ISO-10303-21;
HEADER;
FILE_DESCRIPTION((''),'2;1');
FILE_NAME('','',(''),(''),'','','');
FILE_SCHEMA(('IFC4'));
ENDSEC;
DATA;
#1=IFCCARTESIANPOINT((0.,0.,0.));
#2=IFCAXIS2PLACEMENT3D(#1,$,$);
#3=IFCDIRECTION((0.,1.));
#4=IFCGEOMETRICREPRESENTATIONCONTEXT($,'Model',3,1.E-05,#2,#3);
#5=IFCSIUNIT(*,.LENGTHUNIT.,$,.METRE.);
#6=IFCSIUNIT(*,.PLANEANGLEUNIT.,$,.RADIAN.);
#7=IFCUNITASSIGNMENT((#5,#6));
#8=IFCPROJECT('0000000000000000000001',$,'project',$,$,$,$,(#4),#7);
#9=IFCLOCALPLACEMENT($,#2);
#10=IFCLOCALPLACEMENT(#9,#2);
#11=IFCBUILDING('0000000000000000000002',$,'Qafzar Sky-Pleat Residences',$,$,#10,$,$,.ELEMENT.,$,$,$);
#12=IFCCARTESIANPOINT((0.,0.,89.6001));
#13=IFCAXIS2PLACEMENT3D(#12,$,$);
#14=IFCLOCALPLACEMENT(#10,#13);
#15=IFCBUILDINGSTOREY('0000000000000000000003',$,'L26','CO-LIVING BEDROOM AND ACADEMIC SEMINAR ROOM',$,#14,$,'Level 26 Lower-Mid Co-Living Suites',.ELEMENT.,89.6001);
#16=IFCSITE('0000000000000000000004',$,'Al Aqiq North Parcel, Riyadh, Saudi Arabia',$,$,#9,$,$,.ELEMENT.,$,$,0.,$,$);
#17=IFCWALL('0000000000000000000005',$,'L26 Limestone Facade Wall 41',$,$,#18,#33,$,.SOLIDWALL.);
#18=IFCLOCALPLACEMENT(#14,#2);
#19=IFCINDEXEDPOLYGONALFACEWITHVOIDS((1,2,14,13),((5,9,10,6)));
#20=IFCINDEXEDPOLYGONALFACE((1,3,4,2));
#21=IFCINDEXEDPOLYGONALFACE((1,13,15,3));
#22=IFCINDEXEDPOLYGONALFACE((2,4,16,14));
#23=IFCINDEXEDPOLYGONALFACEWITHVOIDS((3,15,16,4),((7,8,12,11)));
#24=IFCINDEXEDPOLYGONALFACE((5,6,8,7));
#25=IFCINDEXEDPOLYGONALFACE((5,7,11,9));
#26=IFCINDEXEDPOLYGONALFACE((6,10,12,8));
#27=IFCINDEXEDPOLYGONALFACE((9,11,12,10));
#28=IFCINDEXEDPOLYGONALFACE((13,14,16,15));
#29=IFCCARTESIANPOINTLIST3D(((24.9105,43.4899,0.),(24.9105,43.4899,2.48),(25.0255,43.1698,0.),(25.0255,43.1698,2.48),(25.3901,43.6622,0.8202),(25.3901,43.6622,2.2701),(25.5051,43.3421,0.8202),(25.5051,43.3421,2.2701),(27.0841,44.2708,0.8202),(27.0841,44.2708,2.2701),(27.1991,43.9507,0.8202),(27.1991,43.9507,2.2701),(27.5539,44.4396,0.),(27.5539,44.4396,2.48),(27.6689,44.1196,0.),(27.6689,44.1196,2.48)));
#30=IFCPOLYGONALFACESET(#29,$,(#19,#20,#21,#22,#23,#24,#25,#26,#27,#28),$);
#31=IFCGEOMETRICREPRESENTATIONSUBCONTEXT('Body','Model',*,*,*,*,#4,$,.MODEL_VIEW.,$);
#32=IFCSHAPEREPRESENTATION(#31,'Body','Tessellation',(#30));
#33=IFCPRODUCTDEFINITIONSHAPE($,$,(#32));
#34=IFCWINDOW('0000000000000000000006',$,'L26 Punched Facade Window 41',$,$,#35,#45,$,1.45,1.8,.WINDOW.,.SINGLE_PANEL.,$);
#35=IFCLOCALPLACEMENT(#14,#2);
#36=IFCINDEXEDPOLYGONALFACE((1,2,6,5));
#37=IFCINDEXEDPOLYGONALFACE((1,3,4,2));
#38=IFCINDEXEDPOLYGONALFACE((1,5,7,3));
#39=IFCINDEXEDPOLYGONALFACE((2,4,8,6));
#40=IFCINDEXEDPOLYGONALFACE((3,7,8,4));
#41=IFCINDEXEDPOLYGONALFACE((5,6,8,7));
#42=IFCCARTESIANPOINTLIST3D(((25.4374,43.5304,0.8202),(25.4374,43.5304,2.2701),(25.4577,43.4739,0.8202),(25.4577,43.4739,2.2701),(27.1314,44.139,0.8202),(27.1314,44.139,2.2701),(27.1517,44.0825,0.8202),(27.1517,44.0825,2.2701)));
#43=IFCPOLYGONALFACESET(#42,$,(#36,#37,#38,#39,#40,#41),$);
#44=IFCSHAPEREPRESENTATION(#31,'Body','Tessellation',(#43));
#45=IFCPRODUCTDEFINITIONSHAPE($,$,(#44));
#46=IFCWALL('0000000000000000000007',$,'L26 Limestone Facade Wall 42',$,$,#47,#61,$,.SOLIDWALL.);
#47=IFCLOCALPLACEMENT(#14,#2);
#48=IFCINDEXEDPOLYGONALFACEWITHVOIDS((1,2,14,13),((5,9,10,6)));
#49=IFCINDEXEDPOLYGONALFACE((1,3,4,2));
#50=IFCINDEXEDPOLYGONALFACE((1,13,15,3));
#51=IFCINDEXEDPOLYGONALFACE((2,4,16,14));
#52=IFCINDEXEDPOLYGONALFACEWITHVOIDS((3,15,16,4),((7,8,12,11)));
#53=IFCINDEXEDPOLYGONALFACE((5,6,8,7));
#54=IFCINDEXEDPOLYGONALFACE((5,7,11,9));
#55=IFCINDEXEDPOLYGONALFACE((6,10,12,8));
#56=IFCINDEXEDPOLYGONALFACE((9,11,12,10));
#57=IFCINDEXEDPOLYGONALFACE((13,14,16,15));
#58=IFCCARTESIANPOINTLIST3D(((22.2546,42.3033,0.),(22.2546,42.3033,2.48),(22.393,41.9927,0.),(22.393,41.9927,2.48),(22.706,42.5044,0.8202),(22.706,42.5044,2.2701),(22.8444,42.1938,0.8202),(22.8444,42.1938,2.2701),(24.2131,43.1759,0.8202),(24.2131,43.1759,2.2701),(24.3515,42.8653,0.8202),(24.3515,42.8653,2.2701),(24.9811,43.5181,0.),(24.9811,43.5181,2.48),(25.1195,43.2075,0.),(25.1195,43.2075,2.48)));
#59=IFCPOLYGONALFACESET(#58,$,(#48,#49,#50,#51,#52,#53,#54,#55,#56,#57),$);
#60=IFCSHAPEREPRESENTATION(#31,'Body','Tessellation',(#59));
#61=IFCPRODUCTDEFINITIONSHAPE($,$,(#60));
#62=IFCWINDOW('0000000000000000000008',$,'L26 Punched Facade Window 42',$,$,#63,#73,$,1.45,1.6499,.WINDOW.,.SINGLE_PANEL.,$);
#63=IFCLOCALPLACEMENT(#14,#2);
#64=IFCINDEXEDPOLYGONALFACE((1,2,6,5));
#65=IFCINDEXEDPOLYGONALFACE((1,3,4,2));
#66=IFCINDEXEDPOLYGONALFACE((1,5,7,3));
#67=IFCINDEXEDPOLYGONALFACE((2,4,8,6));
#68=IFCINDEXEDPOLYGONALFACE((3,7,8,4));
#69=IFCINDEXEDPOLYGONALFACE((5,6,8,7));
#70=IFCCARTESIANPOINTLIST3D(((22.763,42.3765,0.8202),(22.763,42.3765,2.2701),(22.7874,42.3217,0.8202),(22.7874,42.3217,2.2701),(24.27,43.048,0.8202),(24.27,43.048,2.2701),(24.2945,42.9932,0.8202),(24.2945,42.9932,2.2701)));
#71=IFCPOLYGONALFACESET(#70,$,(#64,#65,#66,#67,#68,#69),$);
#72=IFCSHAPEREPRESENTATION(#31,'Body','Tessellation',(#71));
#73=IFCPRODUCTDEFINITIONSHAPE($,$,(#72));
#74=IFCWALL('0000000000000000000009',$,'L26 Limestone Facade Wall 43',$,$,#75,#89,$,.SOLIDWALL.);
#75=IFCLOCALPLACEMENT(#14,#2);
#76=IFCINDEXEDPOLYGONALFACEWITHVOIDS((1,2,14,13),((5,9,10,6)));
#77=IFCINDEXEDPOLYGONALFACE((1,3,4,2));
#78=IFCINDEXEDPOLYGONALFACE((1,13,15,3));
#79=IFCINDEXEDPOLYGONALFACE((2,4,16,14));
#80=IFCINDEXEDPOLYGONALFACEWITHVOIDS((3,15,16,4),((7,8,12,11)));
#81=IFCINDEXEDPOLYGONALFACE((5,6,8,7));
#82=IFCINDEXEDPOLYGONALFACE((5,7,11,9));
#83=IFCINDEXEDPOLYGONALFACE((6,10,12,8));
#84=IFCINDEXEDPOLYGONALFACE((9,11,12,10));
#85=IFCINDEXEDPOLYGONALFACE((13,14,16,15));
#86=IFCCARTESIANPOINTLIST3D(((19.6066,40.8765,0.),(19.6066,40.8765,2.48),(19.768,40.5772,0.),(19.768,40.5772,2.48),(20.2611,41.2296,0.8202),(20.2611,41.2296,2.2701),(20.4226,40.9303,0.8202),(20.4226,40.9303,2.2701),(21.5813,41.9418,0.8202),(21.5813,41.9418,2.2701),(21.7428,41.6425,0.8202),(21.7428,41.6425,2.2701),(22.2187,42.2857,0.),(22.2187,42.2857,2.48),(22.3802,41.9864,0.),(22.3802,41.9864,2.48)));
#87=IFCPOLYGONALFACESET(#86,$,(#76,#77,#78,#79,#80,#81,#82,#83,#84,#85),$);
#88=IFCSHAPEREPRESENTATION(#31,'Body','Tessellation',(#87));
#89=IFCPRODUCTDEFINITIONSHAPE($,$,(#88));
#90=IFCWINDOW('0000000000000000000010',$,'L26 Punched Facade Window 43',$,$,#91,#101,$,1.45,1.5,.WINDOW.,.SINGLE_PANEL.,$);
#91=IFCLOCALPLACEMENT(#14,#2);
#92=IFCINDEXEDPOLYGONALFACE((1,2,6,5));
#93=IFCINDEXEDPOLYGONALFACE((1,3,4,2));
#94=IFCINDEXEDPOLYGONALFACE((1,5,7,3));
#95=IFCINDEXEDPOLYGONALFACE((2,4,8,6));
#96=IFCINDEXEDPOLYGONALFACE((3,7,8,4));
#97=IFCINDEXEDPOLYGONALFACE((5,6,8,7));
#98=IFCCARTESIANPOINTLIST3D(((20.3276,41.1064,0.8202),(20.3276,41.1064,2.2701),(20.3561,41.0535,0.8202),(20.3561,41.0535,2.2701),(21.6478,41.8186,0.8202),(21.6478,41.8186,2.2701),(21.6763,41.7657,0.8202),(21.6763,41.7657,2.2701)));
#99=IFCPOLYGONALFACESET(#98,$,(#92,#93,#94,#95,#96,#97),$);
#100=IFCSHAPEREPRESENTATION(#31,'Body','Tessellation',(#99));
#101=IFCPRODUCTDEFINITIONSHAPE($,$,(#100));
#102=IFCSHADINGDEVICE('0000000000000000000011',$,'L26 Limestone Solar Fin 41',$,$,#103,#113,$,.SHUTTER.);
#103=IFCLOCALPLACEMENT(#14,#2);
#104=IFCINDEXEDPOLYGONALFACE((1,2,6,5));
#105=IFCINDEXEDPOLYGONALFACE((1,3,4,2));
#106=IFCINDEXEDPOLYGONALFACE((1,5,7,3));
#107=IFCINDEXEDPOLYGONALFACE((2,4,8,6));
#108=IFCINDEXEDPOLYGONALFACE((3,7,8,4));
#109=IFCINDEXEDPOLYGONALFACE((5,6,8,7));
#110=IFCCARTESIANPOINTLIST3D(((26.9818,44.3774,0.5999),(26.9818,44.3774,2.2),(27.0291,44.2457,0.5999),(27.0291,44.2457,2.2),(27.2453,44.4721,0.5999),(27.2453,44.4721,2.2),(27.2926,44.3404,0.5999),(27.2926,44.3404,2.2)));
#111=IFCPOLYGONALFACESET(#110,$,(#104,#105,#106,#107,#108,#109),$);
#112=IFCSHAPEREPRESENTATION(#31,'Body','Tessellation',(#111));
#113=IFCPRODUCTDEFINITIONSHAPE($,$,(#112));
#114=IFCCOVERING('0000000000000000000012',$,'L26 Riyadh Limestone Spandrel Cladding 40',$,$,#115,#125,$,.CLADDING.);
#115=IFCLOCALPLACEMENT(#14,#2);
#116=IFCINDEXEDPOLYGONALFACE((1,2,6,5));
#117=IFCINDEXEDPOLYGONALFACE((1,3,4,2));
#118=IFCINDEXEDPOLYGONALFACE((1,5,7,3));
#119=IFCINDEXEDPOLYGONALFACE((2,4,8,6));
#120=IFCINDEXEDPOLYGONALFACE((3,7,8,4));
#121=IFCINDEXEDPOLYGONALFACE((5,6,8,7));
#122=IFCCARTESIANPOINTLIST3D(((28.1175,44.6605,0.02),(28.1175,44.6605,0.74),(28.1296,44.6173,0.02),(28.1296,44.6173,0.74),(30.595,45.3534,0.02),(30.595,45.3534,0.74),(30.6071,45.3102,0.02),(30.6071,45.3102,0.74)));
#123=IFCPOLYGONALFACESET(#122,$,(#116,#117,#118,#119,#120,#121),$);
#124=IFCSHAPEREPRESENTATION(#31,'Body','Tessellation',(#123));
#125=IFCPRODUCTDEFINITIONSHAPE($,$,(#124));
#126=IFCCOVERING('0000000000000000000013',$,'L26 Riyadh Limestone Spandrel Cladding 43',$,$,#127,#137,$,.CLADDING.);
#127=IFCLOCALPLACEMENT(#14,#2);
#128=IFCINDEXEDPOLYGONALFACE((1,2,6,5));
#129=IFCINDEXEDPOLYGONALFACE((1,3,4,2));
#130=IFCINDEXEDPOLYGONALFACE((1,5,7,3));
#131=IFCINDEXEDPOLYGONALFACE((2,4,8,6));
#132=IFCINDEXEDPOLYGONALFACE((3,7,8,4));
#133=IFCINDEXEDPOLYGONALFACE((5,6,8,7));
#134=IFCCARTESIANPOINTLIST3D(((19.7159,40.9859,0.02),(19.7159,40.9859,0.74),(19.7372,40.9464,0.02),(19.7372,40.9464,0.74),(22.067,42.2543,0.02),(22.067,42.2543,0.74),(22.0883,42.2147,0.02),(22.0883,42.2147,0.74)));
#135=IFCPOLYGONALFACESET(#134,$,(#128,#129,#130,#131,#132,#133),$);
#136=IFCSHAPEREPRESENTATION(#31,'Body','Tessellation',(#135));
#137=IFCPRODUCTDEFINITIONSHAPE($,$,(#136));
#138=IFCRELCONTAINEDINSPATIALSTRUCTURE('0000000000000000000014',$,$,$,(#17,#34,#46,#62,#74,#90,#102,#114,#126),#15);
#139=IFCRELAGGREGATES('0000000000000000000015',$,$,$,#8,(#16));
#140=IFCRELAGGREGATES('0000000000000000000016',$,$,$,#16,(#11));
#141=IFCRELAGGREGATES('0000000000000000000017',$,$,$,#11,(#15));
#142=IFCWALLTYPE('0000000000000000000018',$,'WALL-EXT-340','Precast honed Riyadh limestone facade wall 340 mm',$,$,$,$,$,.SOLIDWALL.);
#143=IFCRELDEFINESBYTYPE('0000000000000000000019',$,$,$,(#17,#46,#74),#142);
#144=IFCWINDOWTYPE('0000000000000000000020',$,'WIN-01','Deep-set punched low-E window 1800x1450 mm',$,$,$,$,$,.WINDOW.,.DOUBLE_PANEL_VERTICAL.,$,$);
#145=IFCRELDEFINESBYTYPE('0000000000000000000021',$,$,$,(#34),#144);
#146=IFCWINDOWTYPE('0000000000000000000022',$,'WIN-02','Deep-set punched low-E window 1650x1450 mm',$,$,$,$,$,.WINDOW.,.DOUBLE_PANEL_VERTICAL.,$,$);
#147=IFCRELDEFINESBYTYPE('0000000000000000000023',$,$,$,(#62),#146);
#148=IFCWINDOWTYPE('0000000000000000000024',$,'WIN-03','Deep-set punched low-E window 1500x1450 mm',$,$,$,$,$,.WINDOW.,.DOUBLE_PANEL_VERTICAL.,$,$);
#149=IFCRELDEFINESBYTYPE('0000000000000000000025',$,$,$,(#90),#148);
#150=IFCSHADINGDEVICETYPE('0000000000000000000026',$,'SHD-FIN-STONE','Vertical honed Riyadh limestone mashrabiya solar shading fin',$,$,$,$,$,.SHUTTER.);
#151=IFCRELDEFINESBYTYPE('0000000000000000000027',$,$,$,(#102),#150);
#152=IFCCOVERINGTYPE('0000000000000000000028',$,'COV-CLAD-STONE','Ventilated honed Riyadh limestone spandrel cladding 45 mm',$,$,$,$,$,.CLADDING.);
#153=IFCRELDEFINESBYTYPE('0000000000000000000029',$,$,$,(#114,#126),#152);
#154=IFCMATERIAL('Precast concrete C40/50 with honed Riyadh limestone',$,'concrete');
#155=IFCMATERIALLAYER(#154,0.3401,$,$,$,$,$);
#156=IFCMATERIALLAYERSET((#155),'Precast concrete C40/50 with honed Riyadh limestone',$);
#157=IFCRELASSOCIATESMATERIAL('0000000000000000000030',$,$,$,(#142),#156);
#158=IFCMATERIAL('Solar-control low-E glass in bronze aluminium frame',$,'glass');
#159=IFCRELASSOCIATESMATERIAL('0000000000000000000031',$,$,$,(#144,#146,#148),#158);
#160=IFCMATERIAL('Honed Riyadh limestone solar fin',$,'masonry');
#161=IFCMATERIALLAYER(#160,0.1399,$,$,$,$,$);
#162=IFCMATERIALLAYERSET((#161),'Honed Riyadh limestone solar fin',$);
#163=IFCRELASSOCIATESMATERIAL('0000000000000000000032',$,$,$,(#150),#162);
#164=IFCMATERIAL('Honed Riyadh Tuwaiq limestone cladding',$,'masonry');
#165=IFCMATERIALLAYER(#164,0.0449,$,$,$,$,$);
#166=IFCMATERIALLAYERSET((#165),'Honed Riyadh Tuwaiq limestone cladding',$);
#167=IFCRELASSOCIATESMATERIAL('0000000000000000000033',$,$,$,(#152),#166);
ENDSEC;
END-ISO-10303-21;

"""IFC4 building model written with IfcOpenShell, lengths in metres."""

from ifc_helpers import new_model, si_unit, direction, frame, frame_2d, origin, origin_2d, place, context, subcontext, project, spatial, rectangle, extrude, source, transform, mapped, material, layer, layer_set, type_object, element, fill, save


model = new_model("IFC4")

# Units and contexts
model_context = context("Model", 3, precision=1e-05, world=origin(), true_north=direction((0.0, 1.0)))
body_context = subcontext(model_context, "Body", "Model", "MODEL_VIEW")
ifc_project = project(units=[si_unit("LENGTHUNIT", "METRE"), si_unit("PLANEANGLEUNIT", "RADIAN")], contexts=[model_context])

# Site, building, storey
site_placement = place(None, origin())
site = spatial("IfcSite", under=ifc_project, at=site_placement, Name="Al Aqiq North Parcel, Riyadh, Saudi Arabia", CompositionType="ELEMENT", RefElevation=0.0)
building_placement = place(site_placement, origin())
building = spatial("IfcBuilding", under=site, at=building_placement, Name="Qafzar Sky-Pleat Residences", CompositionType="ELEMENT")
storey_placement = place(building_placement, frame((0.0, 0.0, 89.6001)))
storey = spatial("IfcBuildingStorey", under=building, at=storey_placement, Name="L26", Description="CO-LIVING BEDROOM AND ACADEMIC SEMINAR ROOM", LongName="Level 26 Lower-Mid Co-Living Suites", CompositionType="ELEMENT", Elevation=89.6001)

# Shared definitions
ifc_material_1 = material(Name="Precast concrete C40/50 with honed Riyadh limestone", Category="concrete")

# Walls, openings, windows
ifc_layer_1 = layer(ifc_material_1, 0.3401)
ifc_layer_set_1 = layer_set([ifc_layer_1], Name="Precast concrete C40/50 with honed Riyadh limestone")
wall_type_1 = type_object("IfcWallType", Name="WALL-EXT-340", Description="Precast honed Riyadh limestone facade wall 340 mm", PredefinedType="SOLIDWALL", material=ifc_layer_set_1)
wall_1_placement = place(storey_placement, frame((27.6113, 44.2795, 0.0), z_axis=(0.0, 0.0, 1.0), x_axis=(-0.941101, -0.338125, 0.0)))
wall_1 = element("IfcWall", 1, at=wall_1_placement, inside=storey, type_object=wall_type_1, Name="L26 Limestone Facade Wall 41", PredefinedType="SOLIDWALL", context=body_context, shape_type="SweptSolid", body=[
    extrude(rectangle(XDim=2.8088, YDim=0.3401, at=frame_2d((1.4043, 0.0))), origin(), (0.0, 0.0, 1.0), 2.48),
])
opening_1_placement = place(wall_1_placement, frame((0.4993, 0.0, 0.8201)))
opening_1 = element("IfcOpeningElement", 2, at=opening_1_placement, cuts=wall_1, PredefinedType="OPENING", context=body_context, shape_type="SweptSolid", body=[
    extrude(rectangle(XDim=1.8, YDim=1.45, at=frame_2d((0.8999, 0.7251))), frame((0.0, 0.1802, 0.0), z_axis=(0.0, -1.0, 0.0), x_axis=(1.0, 0.0, 0.0)), (0.0, 0.0, 1.0), 0.3601),
])
ifc_material_2 = material(Name="Solar-control low-E glass in bronze aluminium frame", Category="glass")
window_type_1 = type_object("IfcWindowType", Name="WIN-01", Description="Deep-set punched low-E window 1800x1450 mm", PartitioningType="DOUBLE_PANEL_VERTICAL", PredefinedType="WINDOW", material=ifc_material_2)
shared_shape_1 = source(origin(), body_context, "Body", "SweptSolid", [
    extrude(rectangle(XDim=1.8, YDim=1.45, at=frame_2d((0.8999, 0.7251))), frame((0.0, 0.03, 0.0), z_axis=(0.0, -1.0, 0.0), x_axis=(1.0, 0.0, 0.0)), (0.0, 0.0, 1.0), 0.0601),
])
window_1_placement = place(opening_1_placement, origin())
window_1 = element("IfcWindow", 3, at=window_1_placement, inside=storey, type_object=window_type_1, Name="L26 Punched Facade Window 41", OverallHeight=1.45, OverallWidth=1.8, PartitioningType="SINGLE_PANEL", PredefinedType="WINDOW", context=body_context, shape_type="MappedRepresentation", body=[
    mapped(shared_shape_1, transform((0.0, 0.0, 0.0), x_axis=(1.0, 0.0, 0.0), y_axis=(0.0, 1.0, 0.0), z_axis=(0.0, 0.0, 1.0), scale=1.0)),
])
fill(opening_1, window_1)
wall_2_placement = place(storey_placement, frame((25.0503, 43.3628, 0.0), z_axis=(0.0, 0.0, 1.0), x_axis=(-0.913433, -0.406988, 0.0)))
wall_2 = element("IfcWall", 4, at=wall_2_placement, inside=storey, type_object=wall_type_1, Name="L26 Limestone Facade Wall 42", PredefinedType="SOLIDWALL", context=body_context, shape_type="SweptSolid", body=[
    extrude(rectangle(XDim=2.9849, YDim=0.3401, at=frame_2d((1.4924, 0.0))), origin(), (0.0, 0.0, 1.0), 2.48),
])
opening_2_placement = place(wall_2_placement, frame((0.8408, 0.0, 0.8201)))
opening_2 = element("IfcOpeningElement", 5, at=opening_2_placement, cuts=wall_2, PredefinedType="OPENING", context=body_context, shape_type="SweptSolid", body=[
    extrude(rectangle(XDim=1.6499, YDim=1.45, at=frame_2d((0.825, 0.7251))), frame((0.0, 0.1802, 0.0), z_axis=(0.0, -1.0, 0.0), x_axis=(1.0, 0.0, 0.0)), (0.0, 0.0, 1.0), 0.3601),
])
window_type_2 = type_object("IfcWindowType", Name="WIN-02", Description="Deep-set punched low-E window 1650x1450 mm", PartitioningType="DOUBLE_PANEL_VERTICAL", PredefinedType="WINDOW", material=ifc_material_2)
shared_shape_2 = source(origin(), body_context, "Body", "SweptSolid", [
    extrude(rectangle(XDim=1.6499, YDim=1.45, at=frame_2d((0.825, 0.7251))), frame((0.0, 0.03, 0.0), z_axis=(0.0, -1.0, 0.0), x_axis=(1.0, 0.0, 0.0)), (0.0, 0.0, 1.0), 0.0601),
])
window_2_placement = place(opening_2_placement, origin())
window_2 = element("IfcWindow", 6, at=window_2_placement, inside=storey, type_object=window_type_2, Name="L26 Punched Facade Window 42", OverallHeight=1.45, OverallWidth=1.6499, PartitioningType="SINGLE_PANEL", PredefinedType="WINDOW", context=body_context, shape_type="MappedRepresentation", body=[
    mapped(shared_shape_2, transform((0.0, 0.0, 0.0), x_axis=(1.0, 0.0, 0.0), y_axis=(0.0, 1.0, 0.0), z_axis=(0.0, 0.0, 1.0), scale=1.0)),
])
fill(opening_2, window_2)
wall_3_placement = place(storey_placement, frame((22.2993, 42.136, 0.0), z_axis=(0.0, 0.0, 1.0), x_axis=(-0.880093, -0.474801, 0.0)))
wall_3 = element("IfcWall", 7, at=wall_3_placement, inside=storey, type_object=wall_type_1, Name="L26 Limestone Facade Wall 43", PredefinedType="SOLIDWALL", context=body_context, shape_type="SweptSolid", body=[
    extrude(rectangle(XDim=2.968, YDim=0.3401, at=frame_2d((1.4839, 0.0))), origin(), (0.0, 0.0, 1.0), 2.48),
])
opening_3_placement = place(wall_3_placement, frame((0.7241, 0.0, 0.8201)))
opening_3 = element("IfcOpeningElement", 8, at=opening_3_placement, cuts=wall_3, PredefinedType="OPENING", context=body_context, shape_type="SweptSolid", body=[
    extrude(rectangle(XDim=1.5, YDim=1.45, at=frame_2d((0.75, 0.7251))), frame((0.0, 0.1802, 0.0), z_axis=(0.0, -1.0, 0.0), x_axis=(1.0, 0.0, 0.0)), (0.0, 0.0, 1.0), 0.3601),
])
window_type_3 = type_object("IfcWindowType", Name="WIN-03", Description="Deep-set punched low-E window 1500x1450 mm", PartitioningType="DOUBLE_PANEL_VERTICAL", PredefinedType="WINDOW", material=ifc_material_2)
shared_shape_3 = source(origin(), body_context, "Body", "SweptSolid", [
    extrude(rectangle(XDim=1.5, YDim=1.45, at=frame_2d((0.75, 0.7251))), frame((0.0, 0.03, 0.0), z_axis=(0.0, -1.0, 0.0), x_axis=(1.0, 0.0, 0.0)), (0.0, 0.0, 1.0), 0.0601),
])
window_3_placement = place(opening_3_placement, origin())
window_3 = element("IfcWindow", 9, at=window_3_placement, inside=storey, type_object=window_type_3, Name="L26 Punched Facade Window 43", OverallHeight=1.45, OverallWidth=1.5, PartitioningType="SINGLE_PANEL", PredefinedType="WINDOW", context=body_context, shape_type="MappedRepresentation", body=[
    mapped(shared_shape_3, transform((0.0, 0.0, 0.0), x_axis=(1.0, 0.0, 0.0), y_axis=(0.0, 1.0, 0.0), z_axis=(0.0, 0.0, 1.0), scale=1.0)),
])
fill(opening_3, window_3)

# Shading device
ifc_material_3 = material(Name="Honed Riyadh limestone solar fin", Category="masonry")
ifc_layer_2 = layer(ifc_material_3, 0.1399)
ifc_layer_set_2 = layer_set([ifc_layer_2], Name="Honed Riyadh limestone solar fin")
shading_device_type = type_object("IfcShadingDeviceType", Name="SHD-FIN-STONE", Description="Vertical honed Riyadh limestone mashrabiya solar shading fin", PredefinedType="SHUTTER", material=ifc_layer_set_2)
shared_shape_4 = source(origin(), body_context, "Body", "SweptSolid", [
    extrude(rectangle(XDim=0.1399, YDim=0.28, at=origin_2d()), origin(), (0.0, 0.0, 1.0), 1.6001),
])
shading_device_placement = place(storey_placement, frame((27.1372, 44.3589, 0.5999), z_axis=(0.0, 0.0, 1.0), x_axis=(-0.338158, 0.941089, 0.0)))
element("IfcShadingDevice", 10, at=shading_device_placement, inside=storey, type_object=shading_device_type, Name="L26 Limestone Solar Fin 41", PredefinedType="SHUTTER", context=body_context, shape_type="MappedRepresentation", body=[
    mapped(shared_shape_4, transform((0.0, 0.0, 0.0), x_axis=(1.0, 0.0, 0.0), y_axis=(0.0, 1.0, 0.0), z_axis=(0.0, 0.0, 1.0), scale=1.0)),
])

# Coverings
ifc_material_4 = material(Name="Honed Riyadh Tuwaiq limestone cladding", Category="masonry")
ifc_layer_3 = layer(ifc_material_4, 0.0449)
ifc_layer_set_3 = layer_set([ifc_layer_3], Name="Honed Riyadh Tuwaiq limestone cladding")
covering_type = type_object("IfcCoveringType", Name="COV-CLAD-STONE", Description="Ventilated honed Riyadh limestone spandrel cladding 45 mm", PredefinedType="CLADDING", material=ifc_layer_set_3)
shared_shape_5 = source(origin(), body_context, "Body", "SweptSolid", [
    extrude(rectangle(XDim=2.5725, YDim=0.0449, at=origin_2d()), origin(), (0.0, 0.0, 1.0), 0.72),
])
covering_1_placement = place(storey_placement, frame((29.3623, 44.9854, 0.02), z_axis=(0.0, 0.0, 1.0), x_axis=(-0.963044, -0.269343, 0.0)))
element("IfcCovering", 11, at=covering_1_placement, inside=storey, type_object=covering_type, Name="L26 Riyadh Limestone Spandrel Cladding 40", PredefinedType="CLADDING", context=body_context, shape_type="MappedRepresentation", body=[
    mapped(shared_shape_5, transform((0.0, 0.0, 0.0), x_axis=(1.0, 0.0, 0.0), y_axis=(0.0, 1.0, 0.0), z_axis=(0.0, 0.0, 1.0), scale=1.0)),
])
shared_shape_6 = source(origin(), body_context, "Body", "SweptSolid", [
    extrude(rectangle(XDim=2.6714, YDim=0.0449, at=origin_2d()), origin(), (0.0, 0.0, 1.0), 0.72),
])
covering_2_placement = place(storey_placement, frame((20.9021, 41.6003, 0.02), z_axis=(0.0, 0.0, 1.0), x_axis=(-0.880101, -0.474787, 0.0)))
element("IfcCovering", 12, at=covering_2_placement, inside=storey, type_object=covering_type, Name="L26 Riyadh Limestone Spandrel Cladding 43", PredefinedType="CLADDING", context=body_context, shape_type="MappedRepresentation", body=[
    mapped(shared_shape_6, transform((0.0, 0.0, 0.0), x_axis=(1.0, 0.0, 0.0), y_axis=(0.0, 1.0, 0.0), z_axis=(0.0, 0.0, 1.0), scale=1.0)),
])

save(model, "model.ifc")
